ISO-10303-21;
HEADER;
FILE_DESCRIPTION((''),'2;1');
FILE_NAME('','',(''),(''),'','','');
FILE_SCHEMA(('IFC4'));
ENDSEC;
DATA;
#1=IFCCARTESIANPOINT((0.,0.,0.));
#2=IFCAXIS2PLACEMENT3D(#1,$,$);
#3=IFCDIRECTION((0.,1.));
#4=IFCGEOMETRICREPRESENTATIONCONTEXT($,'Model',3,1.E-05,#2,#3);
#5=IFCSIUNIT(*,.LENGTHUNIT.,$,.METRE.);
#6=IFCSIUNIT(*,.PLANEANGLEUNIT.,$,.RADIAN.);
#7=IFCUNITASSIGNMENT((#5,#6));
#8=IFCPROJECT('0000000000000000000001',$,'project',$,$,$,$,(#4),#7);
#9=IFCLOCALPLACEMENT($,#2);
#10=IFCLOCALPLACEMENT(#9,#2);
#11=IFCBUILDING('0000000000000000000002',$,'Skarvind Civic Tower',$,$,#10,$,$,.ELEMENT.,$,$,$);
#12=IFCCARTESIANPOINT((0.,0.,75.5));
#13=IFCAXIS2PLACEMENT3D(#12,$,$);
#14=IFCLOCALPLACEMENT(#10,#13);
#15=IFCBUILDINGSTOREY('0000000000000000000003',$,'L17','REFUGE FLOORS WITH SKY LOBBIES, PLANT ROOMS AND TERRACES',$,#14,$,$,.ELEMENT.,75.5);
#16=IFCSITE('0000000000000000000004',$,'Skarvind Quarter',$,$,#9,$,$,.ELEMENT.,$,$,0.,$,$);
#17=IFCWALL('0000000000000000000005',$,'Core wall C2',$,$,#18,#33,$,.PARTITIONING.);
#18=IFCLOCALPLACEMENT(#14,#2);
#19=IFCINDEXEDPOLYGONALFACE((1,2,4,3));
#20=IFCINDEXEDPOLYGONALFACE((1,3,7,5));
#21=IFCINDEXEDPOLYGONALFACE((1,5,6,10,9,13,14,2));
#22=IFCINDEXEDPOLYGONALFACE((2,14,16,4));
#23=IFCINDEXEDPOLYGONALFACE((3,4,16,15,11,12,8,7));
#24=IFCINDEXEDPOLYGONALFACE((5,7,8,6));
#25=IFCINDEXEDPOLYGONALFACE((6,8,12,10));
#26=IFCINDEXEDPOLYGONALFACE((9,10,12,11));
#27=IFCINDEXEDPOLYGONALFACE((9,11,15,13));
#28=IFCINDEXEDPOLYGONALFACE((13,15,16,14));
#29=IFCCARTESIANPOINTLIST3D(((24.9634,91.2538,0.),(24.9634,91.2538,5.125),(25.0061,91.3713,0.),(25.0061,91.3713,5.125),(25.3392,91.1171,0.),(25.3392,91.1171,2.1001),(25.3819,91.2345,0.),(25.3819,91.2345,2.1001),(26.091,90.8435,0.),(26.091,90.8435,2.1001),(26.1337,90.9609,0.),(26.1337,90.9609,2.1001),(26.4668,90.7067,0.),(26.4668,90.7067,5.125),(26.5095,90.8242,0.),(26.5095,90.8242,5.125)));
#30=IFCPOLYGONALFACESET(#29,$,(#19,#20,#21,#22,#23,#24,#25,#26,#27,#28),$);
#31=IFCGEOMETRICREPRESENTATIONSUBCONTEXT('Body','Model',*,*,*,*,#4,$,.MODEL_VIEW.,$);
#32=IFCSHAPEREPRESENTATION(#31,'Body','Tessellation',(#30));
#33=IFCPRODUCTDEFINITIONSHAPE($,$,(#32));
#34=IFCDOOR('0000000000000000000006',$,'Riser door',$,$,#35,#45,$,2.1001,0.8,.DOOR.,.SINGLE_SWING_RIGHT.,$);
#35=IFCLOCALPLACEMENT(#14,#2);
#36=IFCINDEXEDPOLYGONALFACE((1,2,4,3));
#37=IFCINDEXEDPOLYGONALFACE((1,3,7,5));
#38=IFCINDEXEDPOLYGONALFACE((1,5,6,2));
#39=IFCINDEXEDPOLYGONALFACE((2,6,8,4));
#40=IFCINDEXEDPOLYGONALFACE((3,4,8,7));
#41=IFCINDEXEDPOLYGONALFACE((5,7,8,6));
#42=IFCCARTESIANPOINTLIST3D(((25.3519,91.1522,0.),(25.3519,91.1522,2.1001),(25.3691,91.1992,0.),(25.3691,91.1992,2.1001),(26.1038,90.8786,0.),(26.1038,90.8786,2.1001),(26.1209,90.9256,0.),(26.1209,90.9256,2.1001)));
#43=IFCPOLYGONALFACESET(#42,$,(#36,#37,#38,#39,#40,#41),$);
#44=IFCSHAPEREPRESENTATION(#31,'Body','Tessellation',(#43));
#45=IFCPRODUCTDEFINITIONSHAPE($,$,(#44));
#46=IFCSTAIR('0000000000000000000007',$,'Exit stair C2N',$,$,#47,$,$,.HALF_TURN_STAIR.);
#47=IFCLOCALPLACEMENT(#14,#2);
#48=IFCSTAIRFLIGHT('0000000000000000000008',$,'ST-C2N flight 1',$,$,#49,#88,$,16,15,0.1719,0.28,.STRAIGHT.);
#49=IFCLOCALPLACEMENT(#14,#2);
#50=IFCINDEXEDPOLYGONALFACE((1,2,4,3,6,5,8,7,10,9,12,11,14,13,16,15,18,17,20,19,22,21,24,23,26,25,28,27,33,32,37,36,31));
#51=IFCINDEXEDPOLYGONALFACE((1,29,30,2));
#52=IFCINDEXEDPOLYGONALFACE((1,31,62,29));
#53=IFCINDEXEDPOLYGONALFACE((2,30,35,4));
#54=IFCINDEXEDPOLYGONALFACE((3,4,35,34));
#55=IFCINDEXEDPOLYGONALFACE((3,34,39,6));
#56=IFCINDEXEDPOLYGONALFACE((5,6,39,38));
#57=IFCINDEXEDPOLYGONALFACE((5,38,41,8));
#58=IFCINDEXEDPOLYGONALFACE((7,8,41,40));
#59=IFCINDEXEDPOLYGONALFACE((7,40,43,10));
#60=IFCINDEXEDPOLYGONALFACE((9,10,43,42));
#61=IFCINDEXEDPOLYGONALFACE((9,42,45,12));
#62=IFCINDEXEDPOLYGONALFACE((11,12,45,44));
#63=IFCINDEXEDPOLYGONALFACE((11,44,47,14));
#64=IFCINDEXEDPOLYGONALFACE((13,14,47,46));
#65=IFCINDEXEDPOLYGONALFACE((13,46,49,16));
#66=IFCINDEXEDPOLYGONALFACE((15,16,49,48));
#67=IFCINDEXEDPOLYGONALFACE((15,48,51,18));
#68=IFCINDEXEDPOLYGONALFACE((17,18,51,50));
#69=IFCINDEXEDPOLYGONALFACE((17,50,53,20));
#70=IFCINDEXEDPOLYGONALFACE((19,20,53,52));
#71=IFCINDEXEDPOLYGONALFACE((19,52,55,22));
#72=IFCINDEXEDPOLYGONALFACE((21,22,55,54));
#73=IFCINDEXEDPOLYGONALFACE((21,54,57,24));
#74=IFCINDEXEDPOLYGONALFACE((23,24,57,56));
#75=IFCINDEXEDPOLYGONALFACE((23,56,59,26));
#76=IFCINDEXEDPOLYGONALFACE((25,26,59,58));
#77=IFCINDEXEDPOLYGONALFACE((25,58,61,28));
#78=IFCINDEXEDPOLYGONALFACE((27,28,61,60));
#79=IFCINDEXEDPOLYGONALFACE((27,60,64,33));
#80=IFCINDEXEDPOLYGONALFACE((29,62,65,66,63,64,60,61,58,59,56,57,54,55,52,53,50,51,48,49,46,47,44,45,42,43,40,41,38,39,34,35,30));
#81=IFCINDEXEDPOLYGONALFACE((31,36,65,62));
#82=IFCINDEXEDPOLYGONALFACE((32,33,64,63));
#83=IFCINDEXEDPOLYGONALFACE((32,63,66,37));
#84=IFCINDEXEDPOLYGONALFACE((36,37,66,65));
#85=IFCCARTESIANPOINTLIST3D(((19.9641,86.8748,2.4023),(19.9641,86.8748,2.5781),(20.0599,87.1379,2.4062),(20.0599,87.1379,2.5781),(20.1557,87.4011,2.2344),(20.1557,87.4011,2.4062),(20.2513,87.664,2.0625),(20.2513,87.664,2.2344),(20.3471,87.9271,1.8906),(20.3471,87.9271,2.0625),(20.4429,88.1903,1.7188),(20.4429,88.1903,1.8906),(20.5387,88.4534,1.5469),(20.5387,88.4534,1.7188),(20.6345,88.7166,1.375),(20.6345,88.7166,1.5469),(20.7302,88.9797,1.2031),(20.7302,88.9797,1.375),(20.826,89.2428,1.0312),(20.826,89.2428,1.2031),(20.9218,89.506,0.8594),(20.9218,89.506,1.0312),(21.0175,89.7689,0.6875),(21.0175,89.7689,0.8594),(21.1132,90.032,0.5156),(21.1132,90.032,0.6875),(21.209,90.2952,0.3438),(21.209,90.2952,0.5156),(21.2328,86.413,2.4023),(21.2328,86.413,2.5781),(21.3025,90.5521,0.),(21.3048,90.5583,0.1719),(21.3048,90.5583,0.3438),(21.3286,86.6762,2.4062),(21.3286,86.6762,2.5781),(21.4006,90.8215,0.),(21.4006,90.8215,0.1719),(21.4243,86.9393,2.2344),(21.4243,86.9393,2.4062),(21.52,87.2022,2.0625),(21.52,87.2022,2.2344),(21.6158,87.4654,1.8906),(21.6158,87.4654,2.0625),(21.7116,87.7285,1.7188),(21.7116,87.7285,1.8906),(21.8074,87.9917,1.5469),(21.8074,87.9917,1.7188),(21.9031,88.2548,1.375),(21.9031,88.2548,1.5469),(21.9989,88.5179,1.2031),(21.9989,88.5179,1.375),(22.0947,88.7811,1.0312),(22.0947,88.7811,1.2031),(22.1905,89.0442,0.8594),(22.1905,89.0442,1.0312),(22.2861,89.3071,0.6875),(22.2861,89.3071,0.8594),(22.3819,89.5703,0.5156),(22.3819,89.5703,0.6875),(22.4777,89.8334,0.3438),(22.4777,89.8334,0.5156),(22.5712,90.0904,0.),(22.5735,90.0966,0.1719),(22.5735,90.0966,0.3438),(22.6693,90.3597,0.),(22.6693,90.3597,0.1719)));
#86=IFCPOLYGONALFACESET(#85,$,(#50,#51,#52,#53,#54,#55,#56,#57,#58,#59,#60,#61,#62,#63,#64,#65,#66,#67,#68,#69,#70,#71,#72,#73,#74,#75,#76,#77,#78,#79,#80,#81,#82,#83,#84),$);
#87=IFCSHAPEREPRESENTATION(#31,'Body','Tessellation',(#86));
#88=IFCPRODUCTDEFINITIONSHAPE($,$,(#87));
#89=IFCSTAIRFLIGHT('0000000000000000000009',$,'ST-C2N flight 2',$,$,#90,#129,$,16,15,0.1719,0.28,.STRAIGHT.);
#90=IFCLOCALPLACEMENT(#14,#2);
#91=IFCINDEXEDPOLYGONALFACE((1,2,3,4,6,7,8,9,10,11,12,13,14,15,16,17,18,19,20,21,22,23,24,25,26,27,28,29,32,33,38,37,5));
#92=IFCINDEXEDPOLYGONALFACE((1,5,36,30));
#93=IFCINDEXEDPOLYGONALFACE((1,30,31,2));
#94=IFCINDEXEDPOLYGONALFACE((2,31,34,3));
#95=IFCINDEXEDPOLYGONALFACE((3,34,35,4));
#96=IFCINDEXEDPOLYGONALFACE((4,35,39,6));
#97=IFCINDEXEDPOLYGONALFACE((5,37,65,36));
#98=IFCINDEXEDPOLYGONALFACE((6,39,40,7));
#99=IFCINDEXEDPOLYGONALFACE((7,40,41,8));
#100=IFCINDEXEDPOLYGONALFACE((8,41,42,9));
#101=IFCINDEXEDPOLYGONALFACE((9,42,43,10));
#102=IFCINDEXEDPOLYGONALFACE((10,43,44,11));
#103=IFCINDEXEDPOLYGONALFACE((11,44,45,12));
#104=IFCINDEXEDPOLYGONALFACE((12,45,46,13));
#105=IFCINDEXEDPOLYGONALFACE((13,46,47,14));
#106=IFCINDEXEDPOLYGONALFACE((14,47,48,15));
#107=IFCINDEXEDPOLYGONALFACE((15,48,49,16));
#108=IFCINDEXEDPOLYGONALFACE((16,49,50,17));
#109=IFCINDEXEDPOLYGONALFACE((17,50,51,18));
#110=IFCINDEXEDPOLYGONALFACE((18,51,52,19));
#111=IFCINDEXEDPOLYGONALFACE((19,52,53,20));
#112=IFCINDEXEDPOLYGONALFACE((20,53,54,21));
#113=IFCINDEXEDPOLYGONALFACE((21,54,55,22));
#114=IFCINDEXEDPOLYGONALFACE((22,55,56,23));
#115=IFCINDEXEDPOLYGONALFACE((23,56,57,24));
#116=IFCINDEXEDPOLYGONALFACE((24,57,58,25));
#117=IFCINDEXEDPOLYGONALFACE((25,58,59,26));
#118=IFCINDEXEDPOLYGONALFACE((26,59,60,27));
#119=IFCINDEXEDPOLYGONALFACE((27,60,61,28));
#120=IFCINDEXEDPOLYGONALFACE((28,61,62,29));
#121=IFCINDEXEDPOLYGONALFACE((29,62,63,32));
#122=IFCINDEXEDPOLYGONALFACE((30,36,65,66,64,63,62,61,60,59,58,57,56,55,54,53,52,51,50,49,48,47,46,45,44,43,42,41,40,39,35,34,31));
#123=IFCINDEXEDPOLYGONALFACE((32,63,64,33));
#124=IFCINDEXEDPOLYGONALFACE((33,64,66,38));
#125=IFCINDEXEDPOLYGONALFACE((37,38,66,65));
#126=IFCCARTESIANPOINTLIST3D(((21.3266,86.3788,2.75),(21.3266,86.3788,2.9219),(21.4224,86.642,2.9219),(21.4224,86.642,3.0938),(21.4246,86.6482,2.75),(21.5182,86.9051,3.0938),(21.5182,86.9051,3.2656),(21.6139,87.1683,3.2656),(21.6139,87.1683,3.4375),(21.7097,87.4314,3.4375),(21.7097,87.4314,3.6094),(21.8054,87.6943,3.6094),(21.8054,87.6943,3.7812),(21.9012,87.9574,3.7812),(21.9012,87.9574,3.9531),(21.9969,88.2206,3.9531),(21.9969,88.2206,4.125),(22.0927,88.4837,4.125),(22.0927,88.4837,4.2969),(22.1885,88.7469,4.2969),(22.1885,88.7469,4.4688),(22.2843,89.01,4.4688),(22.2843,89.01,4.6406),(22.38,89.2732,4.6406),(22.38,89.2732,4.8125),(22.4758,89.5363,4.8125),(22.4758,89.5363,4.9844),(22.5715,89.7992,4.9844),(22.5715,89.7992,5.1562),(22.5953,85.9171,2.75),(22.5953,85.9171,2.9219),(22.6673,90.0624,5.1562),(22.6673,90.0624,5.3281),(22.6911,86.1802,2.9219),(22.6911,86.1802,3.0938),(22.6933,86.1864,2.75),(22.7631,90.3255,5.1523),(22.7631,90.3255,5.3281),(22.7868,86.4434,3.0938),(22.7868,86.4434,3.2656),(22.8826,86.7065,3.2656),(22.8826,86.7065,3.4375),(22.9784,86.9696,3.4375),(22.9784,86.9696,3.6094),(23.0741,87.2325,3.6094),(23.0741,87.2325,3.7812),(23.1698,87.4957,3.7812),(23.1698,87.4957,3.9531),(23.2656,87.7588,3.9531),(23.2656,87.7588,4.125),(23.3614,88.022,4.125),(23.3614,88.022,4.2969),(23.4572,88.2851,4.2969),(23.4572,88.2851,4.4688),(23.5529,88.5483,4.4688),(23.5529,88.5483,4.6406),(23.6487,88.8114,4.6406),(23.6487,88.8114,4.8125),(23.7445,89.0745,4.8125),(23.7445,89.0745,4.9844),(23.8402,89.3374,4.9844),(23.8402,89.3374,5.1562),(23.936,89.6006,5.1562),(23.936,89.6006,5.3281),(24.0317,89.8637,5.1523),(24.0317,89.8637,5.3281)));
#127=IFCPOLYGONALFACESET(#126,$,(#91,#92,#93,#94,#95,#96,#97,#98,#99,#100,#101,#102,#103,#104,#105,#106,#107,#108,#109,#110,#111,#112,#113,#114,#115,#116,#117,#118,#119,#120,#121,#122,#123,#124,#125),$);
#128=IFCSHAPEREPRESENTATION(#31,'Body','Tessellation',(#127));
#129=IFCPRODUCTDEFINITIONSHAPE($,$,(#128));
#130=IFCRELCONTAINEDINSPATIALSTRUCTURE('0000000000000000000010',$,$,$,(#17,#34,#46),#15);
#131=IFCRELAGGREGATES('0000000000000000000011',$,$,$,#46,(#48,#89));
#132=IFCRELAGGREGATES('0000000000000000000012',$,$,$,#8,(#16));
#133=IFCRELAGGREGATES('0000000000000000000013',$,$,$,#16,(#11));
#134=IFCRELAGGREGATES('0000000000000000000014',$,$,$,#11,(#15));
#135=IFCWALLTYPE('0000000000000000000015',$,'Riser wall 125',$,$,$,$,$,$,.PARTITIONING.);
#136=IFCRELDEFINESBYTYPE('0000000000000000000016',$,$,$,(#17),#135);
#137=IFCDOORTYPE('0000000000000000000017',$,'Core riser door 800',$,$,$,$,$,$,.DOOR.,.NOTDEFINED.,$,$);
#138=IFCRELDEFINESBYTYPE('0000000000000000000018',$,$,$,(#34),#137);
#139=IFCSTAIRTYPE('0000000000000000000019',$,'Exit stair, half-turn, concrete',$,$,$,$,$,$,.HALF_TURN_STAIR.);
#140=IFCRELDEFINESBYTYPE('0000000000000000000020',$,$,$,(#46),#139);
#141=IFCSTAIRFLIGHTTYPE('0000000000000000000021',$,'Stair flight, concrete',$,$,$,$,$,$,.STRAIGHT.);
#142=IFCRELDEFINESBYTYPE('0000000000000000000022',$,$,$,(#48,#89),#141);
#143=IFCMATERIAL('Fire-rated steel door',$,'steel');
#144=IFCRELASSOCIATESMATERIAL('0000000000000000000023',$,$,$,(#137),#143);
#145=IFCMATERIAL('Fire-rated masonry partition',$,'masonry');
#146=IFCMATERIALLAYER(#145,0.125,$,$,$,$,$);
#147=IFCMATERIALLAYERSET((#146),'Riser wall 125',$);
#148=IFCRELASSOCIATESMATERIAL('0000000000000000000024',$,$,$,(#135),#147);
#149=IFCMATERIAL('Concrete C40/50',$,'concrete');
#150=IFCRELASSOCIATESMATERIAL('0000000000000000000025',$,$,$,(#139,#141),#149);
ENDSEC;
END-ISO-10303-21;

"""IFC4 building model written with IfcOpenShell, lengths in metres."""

from ifc_helpers import new_model, si_unit, direction, frame, frame_2d, origin, place, context, subcontext, project, spatial, polyline, rectangle, outline, extrude, material, layer, layer_set, type_object, element, fill, aggregate, save


model = new_model("IFC4")

# Units and contexts
model_context = context("Model", 3, precision=1e-05, world=origin(), true_north=direction((0.0, 1.0)))
body_context = subcontext(model_context, "Body", "Model", "MODEL_VIEW")
ifc_project = project(units=[si_unit("LENGTHUNIT", "METRE"), si_unit("PLANEANGLEUNIT", "RADIAN")], contexts=[model_context])

# Site, building, storey
site_placement = place(None, origin())
site = spatial("IfcSite", under=ifc_project, at=site_placement, Name="Skarvind Quarter", CompositionType="ELEMENT", RefElevation=0.0)
building_placement = place(site_placement, origin())
building = spatial("IfcBuilding", under=site, at=building_placement, Name="Skarvind Civic Tower", CompositionType="ELEMENT")
storey_placement = place(building_placement, frame((0.0, 0.0, 75.5)))
storey = spatial("IfcBuildingStorey", under=building, at=storey_placement, Name="L17", Description="REFUGE FLOORS WITH SKY LOBBIES, PLANT ROOMS AND TERRACES", CompositionType="ELEMENT", Elevation=75.5)

# Shared definitions
ifc_material_1 = material(Name="Fire-rated steel door", Category="steel")
door_type_1 = type_object("IfcDoorType", Name="Core riser door 800", OperationType="NOTDEFINED", PredefinedType="DOOR", material=ifc_material_1)

# Wall, opening, door
ifc_material_2 = material(Name="Fire-rated masonry partition", Category="masonry")
ifc_layer_1 = layer(ifc_material_2, 0.125)
ifc_layer_set_1 = layer_set([ifc_layer_1], Name="Riser wall 125")
wall_type_1 = type_object("IfcWallType", Name="Riser wall 125", PredefinedType="PARTITIONING", material=ifc_layer_set_1)
wall_1_placement = place(storey_placement, frame((24.9849, 91.3125, 0.0), z_axis=(0.0, 0.0, 1.0), x_axis=(0.939709, -0.341976, 0.0)))
wall_1 = element("IfcWall", 1, at=wall_1_placement, inside=storey, type_object=wall_type_1, Name="Core wall C2", PredefinedType="PARTITIONING", context=body_context, shape_type="SweptSolid", body=[
    extrude(rectangle(XDim=1.5999, YDim=0.125, at=frame_2d((0.7998, 0.0))), origin(), (0.0, 0.0, 1.0), 5.125),
])
opening_1_placement = place(wall_1_placement, frame((0.3999, 0.0, 0.0)))
opening_1 = element("IfcOpeningElement", 2, at=opening_1_placement, cuts=wall_1, PredefinedType="OPENING", context=body_context, shape_type="SweptSolid", body=[
    extrude(rectangle(XDim=0.8, YDim=2.1001, at=frame_2d((0.3999, 1.05))), frame((0.0, 0.0725, 0.0), z_axis=(0.0, -1.0, 0.0), x_axis=(1.0, 0.0, 0.0)), (0.0, 0.0, 1.0), 0.145),
])
door_1_placement = place(opening_1_placement, origin())
door_1 = element("IfcDoor", 3, at=door_1_placement, inside=storey, type_object=door_type_1, Name="Riser door", OperationType="SINGLE_SWING_RIGHT", OverallHeight=2.1001, OverallWidth=0.8, PredefinedType="DOOR", context=body_context, shape_type="SweptSolid", body=[
    extrude(rectangle(XDim=0.8, YDim=2.1001, at=frame_2d((0.3999, 1.05))), frame((0.0, 0.0249, 0.0), z_axis=(0.0, -1.0, 0.0), x_axis=(1.0, 0.0, 0.0)), (0.0, 0.0, 1.0), 0.05),
])
fill(opening_1, door_1)

# Stair, stair flights
ifc_material_3 = material(Name="Concrete C40/50", Category="concrete")
stair_type = type_object("IfcStairType", Name="Exit stair, half-turn, concrete", PredefinedType="HALF_TURN_STAIR", material=ifc_material_3)
stair_placement = place(storey_placement, origin())
stair = element("IfcStair", 4, at=stair_placement, inside=storey, type_object=stair_type, Name="Exit stair C2N", PredefinedType="HALF_TURN_STAIR")
stair_flight_type = type_object("IfcStairFlightType", Name="Stair flight, concrete", PredefinedType="STRAIGHT", material=ifc_material_3)
stair_flight_1_placement = place(storey_placement, frame((22.0349, 90.5906, 0.0), z_axis=(0.0, 0.0, 1.0), x_axis=(-0.34202, -0.939693, 0.0)))
stair_flight_1 = element("IfcStairFlight", 5, at=stair_flight_1_placement, type_object=stair_flight_type, Name="ST-C2N flight 1", NumberOfRisers=16, NumberOfTreads=15, PredefinedType="STRAIGHT", RiserHeight=0.1719, TreadLength=0.28, context=body_context, shape_type="SweptSolid", body=[
    extrude(outline(polyline([(0.0, 0.0), (0.0, 0.1719), (0.28, 0.1719), (0.28, 0.3438), (0.5601, 0.3438), (0.5601, 0.5156), (0.8401, 0.5156), (0.8401, 0.6875), (1.1201, 0.6875), (1.1201, 0.8594), (1.3999, 0.8594), (1.3999, 1.0312), (1.6799, 1.0312), (1.6799, 1.2031), (1.96, 1.2031), (1.96, 1.375), (2.24, 1.375), (2.24, 1.5469), (2.52, 1.5469), (2.52, 1.7188), (2.8, 1.7188), (2.8, 1.8906), (3.0801, 1.8906), (3.0801, 2.0625), (3.3601, 2.0625), (3.3601, 2.2344), (3.6399, 2.2344), (3.6399, 2.4062), (3.9199, 2.4062), (3.9199, 2.5781), (4.2, 2.5781), (4.2, 2.75), (4.2, 2.4023), (0.2866, 0.0), (0.0, 0.0)])), frame((0.0, 0.675, 0.0), z_axis=(0.0, -1.0, 0.0), x_axis=(1.0, 0.0, 0.0)), (0.0, 0.0, 1.0), 1.3501),
])
stair_flight_2_placement = place(storey_placement, frame((21.9609, 86.1479, 2.75), z_axis=(0.0, 0.0, 1.0), x_axis=(0.34202, 0.939693, 0.0)))
stair_flight_2 = element("IfcStairFlight", 6, at=stair_flight_2_placement, type_object=stair_flight_type, Name="ST-C2N flight 2", NumberOfRisers=16, NumberOfTreads=15, PredefinedType="STRAIGHT", RiserHeight=0.1719, TreadLength=0.28, context=body_context, shape_type="SweptSolid", body=[
    extrude(outline(polyline([(0.0, 0.0), (0.0, 0.1719), (0.28, 0.1719), (0.28, 0.3438), (0.5601, 0.3438), (0.5601, 0.5156), (0.8401, 0.5156), (0.8401, 0.6875), (1.1201, 0.6875), (1.1201, 0.8594), (1.3999, 0.8594), (1.3999, 1.0312), (1.6799, 1.0312), (1.6799, 1.2031), (1.96, 1.2031), (1.96, 1.375), (2.24, 1.375), (2.24, 1.5469), (2.52, 1.5469), (2.52, 1.7188), (2.8, 1.7188), (2.8, 1.8906), (3.0801, 1.8906), (3.0801, 2.0625), (3.3601, 2.0625), (3.3601, 2.2344), (3.6399, 2.2344), (3.6399, 2.4062), (3.9199, 2.4062), (3.9199, 2.5781), (4.2, 2.5781), (4.2, 2.75), (4.2, 2.4023), (0.2866, 0.0), (0.0, 0.0)])), frame((0.0, 0.675, 0.0), z_axis=(0.0, -1.0, 0.0), x_axis=(1.0, 0.0, 0.0)), (0.0, 0.0, 1.0), 1.3501),
])
aggregate(stair, [stair_flight_1, stair_flight_2])

save(model, "model.ifc")
